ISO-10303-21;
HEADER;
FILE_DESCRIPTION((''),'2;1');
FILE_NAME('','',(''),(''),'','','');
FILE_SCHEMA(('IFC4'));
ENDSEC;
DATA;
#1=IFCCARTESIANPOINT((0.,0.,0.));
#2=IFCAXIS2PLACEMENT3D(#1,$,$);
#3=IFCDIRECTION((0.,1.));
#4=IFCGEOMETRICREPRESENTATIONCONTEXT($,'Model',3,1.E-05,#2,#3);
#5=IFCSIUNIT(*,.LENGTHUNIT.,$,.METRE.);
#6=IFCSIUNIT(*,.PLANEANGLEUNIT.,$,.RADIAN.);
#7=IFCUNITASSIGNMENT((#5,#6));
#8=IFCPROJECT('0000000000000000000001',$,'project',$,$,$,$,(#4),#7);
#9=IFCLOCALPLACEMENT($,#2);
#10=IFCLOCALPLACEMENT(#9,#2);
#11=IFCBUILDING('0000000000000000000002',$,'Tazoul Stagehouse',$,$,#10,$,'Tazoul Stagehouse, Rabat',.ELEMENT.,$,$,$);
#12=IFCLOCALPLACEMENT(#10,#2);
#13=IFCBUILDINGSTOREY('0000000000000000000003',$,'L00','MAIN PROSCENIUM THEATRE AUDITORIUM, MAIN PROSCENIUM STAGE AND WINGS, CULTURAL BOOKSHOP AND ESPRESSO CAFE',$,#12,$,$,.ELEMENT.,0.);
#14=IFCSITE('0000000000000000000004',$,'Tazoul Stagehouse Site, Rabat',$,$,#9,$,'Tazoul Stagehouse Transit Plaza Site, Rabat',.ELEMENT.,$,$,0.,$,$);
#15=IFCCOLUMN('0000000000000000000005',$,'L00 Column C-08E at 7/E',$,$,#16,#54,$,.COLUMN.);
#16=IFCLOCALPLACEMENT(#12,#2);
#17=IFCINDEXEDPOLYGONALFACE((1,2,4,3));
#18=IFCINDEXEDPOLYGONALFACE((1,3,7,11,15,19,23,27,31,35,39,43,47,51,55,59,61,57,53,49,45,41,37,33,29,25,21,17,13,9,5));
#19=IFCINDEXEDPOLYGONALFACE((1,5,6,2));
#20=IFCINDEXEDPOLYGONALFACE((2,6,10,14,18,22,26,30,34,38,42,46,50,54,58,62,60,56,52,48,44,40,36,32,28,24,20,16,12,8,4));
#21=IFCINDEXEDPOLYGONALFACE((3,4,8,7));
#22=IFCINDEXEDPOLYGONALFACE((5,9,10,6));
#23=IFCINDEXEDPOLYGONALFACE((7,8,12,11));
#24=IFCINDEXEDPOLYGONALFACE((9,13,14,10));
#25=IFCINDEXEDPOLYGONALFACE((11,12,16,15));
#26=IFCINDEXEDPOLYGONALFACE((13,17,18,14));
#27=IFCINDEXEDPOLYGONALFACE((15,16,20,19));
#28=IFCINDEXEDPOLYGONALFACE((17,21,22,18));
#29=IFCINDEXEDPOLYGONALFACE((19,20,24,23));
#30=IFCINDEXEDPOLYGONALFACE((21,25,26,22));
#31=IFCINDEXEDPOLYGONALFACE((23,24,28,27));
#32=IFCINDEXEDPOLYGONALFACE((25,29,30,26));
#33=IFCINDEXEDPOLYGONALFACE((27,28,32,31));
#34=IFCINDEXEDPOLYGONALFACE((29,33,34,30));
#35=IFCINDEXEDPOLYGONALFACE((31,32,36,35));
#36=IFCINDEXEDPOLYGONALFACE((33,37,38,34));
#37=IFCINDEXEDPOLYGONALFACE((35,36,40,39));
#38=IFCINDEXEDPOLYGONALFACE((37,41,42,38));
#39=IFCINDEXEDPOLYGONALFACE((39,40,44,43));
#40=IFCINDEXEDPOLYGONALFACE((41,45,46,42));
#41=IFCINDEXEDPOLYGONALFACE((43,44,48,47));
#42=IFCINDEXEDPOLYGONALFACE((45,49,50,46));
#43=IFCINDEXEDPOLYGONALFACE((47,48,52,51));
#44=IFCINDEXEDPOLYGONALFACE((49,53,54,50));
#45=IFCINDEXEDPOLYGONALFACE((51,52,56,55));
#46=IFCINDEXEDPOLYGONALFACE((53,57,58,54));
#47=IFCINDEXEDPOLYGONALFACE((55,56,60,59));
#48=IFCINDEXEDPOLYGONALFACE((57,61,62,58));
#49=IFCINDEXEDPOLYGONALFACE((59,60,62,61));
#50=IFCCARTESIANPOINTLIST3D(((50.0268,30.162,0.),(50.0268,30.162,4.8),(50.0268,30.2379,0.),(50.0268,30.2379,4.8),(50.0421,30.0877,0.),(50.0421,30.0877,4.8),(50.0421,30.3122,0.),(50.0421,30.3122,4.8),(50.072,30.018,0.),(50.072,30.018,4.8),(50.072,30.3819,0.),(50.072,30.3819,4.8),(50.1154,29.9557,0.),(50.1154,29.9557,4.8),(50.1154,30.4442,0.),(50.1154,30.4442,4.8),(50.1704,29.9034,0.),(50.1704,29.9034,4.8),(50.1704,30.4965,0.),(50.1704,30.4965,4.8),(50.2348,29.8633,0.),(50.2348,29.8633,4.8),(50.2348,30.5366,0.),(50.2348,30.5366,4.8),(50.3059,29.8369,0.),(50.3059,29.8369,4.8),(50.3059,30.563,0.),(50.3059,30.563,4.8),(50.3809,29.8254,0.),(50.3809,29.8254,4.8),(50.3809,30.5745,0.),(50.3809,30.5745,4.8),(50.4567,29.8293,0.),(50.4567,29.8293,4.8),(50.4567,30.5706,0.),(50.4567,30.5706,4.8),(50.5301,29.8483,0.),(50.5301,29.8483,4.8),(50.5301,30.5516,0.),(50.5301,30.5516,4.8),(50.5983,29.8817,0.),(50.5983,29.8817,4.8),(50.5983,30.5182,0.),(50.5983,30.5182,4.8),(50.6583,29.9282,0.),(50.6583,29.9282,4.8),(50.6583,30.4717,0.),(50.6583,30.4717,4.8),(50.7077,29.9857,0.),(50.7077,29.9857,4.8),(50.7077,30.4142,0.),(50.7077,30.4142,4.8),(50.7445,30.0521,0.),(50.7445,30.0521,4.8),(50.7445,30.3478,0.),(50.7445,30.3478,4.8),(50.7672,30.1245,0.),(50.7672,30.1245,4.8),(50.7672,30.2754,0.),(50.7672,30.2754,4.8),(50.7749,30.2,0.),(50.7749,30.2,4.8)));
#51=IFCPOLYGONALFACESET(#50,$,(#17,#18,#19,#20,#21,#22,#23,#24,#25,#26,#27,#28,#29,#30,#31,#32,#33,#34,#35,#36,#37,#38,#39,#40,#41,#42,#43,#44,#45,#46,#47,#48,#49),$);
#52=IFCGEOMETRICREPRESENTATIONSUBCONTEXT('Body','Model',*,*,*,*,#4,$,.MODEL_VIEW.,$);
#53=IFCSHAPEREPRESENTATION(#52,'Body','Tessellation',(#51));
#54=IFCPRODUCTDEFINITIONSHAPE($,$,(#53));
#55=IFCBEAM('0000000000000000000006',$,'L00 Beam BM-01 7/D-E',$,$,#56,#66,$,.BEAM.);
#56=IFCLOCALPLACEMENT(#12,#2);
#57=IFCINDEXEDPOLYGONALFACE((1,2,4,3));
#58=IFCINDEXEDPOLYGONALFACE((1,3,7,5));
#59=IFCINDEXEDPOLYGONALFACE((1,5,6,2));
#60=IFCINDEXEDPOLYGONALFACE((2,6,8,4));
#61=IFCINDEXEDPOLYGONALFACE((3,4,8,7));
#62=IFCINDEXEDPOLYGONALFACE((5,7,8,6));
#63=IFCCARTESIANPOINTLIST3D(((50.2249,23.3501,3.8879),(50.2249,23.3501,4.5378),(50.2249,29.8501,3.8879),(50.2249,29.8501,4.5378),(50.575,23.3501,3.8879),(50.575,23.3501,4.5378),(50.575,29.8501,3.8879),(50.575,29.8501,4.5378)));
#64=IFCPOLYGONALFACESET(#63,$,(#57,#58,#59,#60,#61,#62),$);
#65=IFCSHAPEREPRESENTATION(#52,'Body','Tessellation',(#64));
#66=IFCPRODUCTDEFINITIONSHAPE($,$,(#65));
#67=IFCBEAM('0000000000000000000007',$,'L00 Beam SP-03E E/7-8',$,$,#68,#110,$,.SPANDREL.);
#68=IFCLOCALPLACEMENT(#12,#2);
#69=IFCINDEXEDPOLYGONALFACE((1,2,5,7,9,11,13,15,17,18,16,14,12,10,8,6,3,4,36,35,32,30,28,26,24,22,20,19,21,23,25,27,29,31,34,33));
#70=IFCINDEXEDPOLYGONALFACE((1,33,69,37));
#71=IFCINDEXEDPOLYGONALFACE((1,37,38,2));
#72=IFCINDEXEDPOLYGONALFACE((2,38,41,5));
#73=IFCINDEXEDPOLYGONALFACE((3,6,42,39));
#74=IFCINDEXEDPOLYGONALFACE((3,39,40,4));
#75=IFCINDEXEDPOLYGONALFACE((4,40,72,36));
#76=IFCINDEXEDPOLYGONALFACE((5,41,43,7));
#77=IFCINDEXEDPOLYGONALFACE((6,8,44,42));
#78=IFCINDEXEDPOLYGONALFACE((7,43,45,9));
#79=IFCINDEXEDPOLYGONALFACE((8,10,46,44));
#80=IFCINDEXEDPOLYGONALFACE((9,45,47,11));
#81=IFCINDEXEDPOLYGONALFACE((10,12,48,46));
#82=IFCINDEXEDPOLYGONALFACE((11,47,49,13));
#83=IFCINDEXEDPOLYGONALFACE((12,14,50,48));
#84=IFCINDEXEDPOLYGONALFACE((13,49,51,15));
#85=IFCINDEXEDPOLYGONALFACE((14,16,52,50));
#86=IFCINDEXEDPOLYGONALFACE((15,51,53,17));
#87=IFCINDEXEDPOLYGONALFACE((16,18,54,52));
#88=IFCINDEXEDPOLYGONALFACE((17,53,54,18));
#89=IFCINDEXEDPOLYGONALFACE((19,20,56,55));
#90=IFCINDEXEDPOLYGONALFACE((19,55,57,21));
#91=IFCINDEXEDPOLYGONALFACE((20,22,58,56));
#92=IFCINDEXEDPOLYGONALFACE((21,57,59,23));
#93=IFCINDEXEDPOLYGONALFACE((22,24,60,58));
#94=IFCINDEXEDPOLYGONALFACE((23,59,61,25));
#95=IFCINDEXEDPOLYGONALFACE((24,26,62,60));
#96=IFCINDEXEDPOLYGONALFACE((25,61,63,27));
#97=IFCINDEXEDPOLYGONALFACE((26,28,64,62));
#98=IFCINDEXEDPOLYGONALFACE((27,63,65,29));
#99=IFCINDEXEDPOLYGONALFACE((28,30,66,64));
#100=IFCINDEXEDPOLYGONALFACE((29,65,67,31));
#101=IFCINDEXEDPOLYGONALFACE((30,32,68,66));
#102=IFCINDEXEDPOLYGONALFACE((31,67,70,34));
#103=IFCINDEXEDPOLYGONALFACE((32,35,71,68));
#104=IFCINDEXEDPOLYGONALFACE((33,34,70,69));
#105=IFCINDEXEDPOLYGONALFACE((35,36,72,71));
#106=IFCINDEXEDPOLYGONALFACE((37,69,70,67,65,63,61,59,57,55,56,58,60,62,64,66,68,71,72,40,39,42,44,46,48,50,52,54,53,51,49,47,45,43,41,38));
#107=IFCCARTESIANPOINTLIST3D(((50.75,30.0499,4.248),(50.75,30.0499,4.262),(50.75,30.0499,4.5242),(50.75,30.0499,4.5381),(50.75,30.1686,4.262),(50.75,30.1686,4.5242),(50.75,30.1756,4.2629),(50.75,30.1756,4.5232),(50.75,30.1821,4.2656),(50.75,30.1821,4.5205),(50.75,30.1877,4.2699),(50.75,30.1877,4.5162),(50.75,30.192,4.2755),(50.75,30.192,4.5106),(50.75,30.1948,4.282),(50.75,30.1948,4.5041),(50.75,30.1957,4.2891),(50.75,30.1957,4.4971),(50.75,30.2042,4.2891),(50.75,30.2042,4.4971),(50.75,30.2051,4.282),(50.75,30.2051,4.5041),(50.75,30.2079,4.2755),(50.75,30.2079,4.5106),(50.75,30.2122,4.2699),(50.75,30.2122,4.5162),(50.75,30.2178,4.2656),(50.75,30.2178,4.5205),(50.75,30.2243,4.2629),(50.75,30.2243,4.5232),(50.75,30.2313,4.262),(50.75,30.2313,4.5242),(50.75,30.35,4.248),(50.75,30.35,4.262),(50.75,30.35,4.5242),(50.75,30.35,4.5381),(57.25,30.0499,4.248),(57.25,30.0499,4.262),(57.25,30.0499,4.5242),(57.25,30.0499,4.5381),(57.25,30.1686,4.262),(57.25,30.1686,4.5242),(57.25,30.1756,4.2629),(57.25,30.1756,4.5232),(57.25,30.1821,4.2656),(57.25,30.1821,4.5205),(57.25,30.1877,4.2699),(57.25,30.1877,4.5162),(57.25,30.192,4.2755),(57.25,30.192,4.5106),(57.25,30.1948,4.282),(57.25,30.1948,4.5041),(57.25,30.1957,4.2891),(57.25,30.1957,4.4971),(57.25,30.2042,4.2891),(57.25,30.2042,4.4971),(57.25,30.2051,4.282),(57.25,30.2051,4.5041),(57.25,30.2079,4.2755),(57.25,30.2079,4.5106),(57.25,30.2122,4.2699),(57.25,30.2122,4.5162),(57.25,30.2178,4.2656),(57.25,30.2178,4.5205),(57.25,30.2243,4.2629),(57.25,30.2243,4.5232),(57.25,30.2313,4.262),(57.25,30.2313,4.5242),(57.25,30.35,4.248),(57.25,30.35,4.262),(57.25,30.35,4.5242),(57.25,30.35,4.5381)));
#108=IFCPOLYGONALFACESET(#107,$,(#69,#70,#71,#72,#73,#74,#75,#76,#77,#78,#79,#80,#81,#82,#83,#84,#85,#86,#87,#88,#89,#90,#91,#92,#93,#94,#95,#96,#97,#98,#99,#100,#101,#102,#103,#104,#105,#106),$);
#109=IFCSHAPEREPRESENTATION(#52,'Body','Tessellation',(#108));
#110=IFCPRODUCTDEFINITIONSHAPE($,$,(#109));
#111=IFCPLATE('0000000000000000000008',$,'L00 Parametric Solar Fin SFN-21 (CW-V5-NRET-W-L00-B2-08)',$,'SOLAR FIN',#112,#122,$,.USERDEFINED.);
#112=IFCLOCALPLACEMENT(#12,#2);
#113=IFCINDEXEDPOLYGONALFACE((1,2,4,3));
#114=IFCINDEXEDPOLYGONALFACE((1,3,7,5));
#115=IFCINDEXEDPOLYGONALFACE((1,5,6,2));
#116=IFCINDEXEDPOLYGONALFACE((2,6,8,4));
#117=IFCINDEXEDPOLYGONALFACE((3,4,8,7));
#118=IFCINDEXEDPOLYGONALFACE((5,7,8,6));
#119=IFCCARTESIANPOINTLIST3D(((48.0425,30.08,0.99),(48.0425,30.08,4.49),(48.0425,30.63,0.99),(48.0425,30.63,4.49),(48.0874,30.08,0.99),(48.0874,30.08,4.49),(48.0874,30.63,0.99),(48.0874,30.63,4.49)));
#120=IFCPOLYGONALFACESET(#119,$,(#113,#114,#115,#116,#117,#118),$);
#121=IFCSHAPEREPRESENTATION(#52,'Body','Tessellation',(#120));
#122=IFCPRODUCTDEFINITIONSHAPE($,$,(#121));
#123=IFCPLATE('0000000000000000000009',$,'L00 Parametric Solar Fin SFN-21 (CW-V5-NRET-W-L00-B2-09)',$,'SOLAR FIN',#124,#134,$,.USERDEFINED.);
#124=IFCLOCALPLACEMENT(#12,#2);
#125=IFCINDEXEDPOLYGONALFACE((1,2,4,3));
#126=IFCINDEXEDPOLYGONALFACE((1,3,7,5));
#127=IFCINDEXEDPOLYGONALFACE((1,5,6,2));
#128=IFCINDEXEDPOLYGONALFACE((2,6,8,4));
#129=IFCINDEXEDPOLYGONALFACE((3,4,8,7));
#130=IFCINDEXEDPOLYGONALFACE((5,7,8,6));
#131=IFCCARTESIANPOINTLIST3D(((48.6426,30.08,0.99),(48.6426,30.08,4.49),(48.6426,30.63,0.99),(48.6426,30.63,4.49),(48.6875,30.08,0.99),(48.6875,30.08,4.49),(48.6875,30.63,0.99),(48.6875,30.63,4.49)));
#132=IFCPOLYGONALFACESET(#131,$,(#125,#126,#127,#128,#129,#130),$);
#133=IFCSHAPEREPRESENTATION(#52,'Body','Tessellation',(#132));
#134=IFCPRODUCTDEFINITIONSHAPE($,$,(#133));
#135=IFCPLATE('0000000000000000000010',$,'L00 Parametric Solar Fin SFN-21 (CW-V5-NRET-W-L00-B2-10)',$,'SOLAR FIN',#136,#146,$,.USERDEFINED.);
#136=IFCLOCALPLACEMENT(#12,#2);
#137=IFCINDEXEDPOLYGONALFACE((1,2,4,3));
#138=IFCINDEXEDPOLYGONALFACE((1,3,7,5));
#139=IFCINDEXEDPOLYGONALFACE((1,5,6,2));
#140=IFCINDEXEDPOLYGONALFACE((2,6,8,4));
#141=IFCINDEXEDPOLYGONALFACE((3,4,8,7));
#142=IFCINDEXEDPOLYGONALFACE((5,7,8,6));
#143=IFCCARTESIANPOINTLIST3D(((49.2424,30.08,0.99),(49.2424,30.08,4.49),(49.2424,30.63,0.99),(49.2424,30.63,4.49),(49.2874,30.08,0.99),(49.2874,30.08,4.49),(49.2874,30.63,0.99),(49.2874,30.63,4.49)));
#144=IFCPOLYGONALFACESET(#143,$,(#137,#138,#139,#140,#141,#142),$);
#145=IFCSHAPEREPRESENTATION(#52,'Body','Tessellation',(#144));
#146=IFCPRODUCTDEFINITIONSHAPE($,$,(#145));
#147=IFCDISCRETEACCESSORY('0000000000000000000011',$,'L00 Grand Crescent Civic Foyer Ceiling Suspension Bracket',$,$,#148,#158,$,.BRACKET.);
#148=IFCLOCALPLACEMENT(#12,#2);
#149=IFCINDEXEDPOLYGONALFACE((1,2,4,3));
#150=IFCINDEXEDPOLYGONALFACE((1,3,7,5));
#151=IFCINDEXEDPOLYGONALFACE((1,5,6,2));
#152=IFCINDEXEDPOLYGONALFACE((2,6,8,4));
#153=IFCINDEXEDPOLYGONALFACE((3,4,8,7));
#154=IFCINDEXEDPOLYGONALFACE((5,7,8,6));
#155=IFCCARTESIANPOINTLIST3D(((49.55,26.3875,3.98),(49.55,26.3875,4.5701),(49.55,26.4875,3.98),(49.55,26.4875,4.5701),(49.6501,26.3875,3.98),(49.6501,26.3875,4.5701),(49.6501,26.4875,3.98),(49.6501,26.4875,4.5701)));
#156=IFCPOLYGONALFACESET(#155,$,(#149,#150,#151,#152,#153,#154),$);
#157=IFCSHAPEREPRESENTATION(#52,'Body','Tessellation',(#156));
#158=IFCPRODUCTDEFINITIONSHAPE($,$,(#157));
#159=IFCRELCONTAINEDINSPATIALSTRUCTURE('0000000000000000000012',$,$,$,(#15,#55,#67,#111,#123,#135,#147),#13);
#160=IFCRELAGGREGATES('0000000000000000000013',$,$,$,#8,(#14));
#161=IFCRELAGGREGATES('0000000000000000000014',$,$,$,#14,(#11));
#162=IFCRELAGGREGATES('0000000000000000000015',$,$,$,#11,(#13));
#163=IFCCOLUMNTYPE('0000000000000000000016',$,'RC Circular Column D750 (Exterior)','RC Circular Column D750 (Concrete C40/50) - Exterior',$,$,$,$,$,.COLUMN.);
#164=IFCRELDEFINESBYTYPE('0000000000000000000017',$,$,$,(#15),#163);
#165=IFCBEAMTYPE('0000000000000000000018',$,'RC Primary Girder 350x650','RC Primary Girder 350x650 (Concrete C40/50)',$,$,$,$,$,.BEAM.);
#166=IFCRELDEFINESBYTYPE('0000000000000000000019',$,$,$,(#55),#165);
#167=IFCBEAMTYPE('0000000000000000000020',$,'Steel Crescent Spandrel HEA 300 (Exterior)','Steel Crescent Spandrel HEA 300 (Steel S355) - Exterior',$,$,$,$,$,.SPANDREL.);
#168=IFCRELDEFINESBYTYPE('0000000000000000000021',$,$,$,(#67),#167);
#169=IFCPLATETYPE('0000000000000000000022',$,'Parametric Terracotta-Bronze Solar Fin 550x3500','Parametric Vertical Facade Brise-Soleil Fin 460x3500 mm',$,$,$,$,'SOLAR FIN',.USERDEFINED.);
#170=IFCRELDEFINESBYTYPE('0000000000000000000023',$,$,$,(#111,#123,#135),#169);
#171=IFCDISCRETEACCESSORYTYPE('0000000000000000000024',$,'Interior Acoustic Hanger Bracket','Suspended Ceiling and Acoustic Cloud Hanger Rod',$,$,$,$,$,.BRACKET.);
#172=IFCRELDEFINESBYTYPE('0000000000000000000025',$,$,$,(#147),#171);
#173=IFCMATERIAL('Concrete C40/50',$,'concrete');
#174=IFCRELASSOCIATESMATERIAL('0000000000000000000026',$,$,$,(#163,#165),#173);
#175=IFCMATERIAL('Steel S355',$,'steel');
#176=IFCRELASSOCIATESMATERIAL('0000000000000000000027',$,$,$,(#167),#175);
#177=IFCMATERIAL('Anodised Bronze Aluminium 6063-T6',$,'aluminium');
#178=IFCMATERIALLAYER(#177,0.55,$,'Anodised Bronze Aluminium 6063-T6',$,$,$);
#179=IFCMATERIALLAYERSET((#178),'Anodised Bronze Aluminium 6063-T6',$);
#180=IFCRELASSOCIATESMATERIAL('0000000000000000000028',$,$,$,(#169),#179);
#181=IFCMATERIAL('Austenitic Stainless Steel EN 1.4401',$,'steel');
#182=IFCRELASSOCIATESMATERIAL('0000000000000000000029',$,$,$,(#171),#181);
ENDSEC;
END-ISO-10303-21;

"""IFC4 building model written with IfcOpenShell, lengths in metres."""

from ifc_helpers import new_model, si_unit, direction, frame, origin, origin_2d, place, context, subcontext, project, spatial, rectangle, circle, i_section, extrude, material, layer, layer_set, material_profile, profile_set, type_object, element, save


model = new_model("IFC4")

# Units and contexts
model_context = context("Model", 3, precision=1e-05, world=origin(), true_north=direction((0.0, 1.0)))
body_context = subcontext(model_context, "Body", "Model", "MODEL_VIEW")
ifc_project = project(units=[si_unit("LENGTHUNIT", "METRE"), si_unit("PLANEANGLEUNIT", "RADIAN")], contexts=[model_context])

# Site, building, storey
site_placement = place(None, origin())
site = spatial("IfcSite", under=ifc_project, at=site_placement, Name="Tazoul Stagehouse Site, Rabat", LongName="Tazoul Stagehouse Transit Plaza Site, Rabat", CompositionType="ELEMENT", RefElevation=0.0)
building_placement = place(site_placement, origin())
building = spatial("IfcBuilding", under=site, at=building_placement, Name="Tazoul Stagehouse", LongName="Tazoul Stagehouse, Rabat", CompositionType="ELEMENT")
storey_placement = place(building_placement, origin())
storey = spatial("IfcBuildingStorey", under=building, at=storey_placement, Name="L00", Description="MAIN PROSCENIUM THEATRE AUDITORIUM, MAIN PROSCENIUM STAGE AND WINGS, CULTURAL BOOKSHOP AND ESPRESSO CAFE", CompositionType="ELEMENT", Elevation=0.0)

# Column
ifc_material_1 = material(Name="Concrete C40/50", Category="concrete")
ifc_material_profile_1 = material_profile(ifc_material_1, circle(Radius=0.375, at=origin_2d()), Name="RC D750")
ifc_profile_set_1 = profile_set([ifc_material_profile_1], Name="Concrete C40/50")
column_type = type_object("IfcColumnType", Name="RC Circular Column D750 (Exterior)", Description="RC Circular Column D750 (Concrete C40/50) - Exterior", PredefinedType="COLUMN", material=ifc_profile_set_1)
column_placement = place(storey_placement, frame((50.3999, 30.2, 0.0), z_axis=(0.0, 0.0, 1.0), x_axis=(1.0, 0.0, 0.0)))
element("IfcColumn", 1, at=column_placement, inside=storey, type_object=column_type, Name="L00 Column C-08E at 7/E", PredefinedType="COLUMN", context=body_context, shape_type="SweptSolid", body=[
    extrude(circle(Radius=0.375, at=origin_2d()), origin(), (0.0, 0.0, 1.0), 4.8),
])

# Beams
ifc_material_profile_2 = material_profile(ifc_material_1, rectangle(XDim=0.3501, YDim=0.6499, at=origin_2d()), Name="RC 350x650")
ifc_profile_set_2 = profile_set([ifc_material_profile_2], Name="Concrete C40/50")
beam_type_1 = type_object("IfcBeamType", Name="RC Primary Girder 350x650", Description="RC Primary Girder 350x650 (Concrete C40/50)", PredefinedType="BEAM", material=ifc_profile_set_2)
beam_1_placement = place(storey_placement, frame((50.3999, 23.3501, 4.2129), z_axis=(0.0, 1.0, 0.0), x_axis=(-1.0, 0.0, 0.0)))
element("IfcBeam", 2, at=beam_1_placement, inside=storey, type_object=beam_type_1, Name="L00 Beam BM-01 7/D-E", PredefinedType="BEAM", context=body_context, shape_type="SweptSolid", body=[
    extrude(rectangle(XDim=0.3501, YDim=0.6499, at=origin_2d()), origin(), (0.0, 0.0, 1.0), 6.5),
])
ifc_material_2 = material(Name="Steel S355", Category="steel")
ifc_material_profile_3 = material_profile(ifc_material_2, i_section(OverallWidth=0.3, OverallDepth=0.29, WebThickness=0.0085, FlangeThickness=0.0139, FilletRadius=0.0271, at=origin_2d()), Name="HEA 300")
ifc_profile_set_3 = profile_set([ifc_material_profile_3], Name="Steel S355")
beam_type_2 = type_object("IfcBeamType", Name="Steel Crescent Spandrel HEA 300 (Exterior)", Description="Steel Crescent Spandrel HEA 300 (Steel S355) - Exterior", PredefinedType="SPANDREL", material=ifc_profile_set_3)
beam_2_placement = place(storey_placement, frame((50.75, 30.2, 4.3931), z_axis=(1.0, 0.0, 0.0), x_axis=(0.0, 1.0, 0.0)))
element("IfcBeam", 3, at=beam_2_placement, inside=storey, type_object=beam_type_2, Name="L00 Beam SP-03E E/7-8", PredefinedType="SPANDREL", context=body_context, shape_type="SweptSolid", body=[
    extrude(i_section(OverallWidth=0.3, OverallDepth=0.29, WebThickness=0.0085, FlangeThickness=0.0139, FilletRadius=0.0271, at=origin_2d()), origin(), (0.0, 0.0, 1.0), 6.5),
])

# Plates
ifc_material_3 = material(Name="Anodised Bronze Aluminium 6063-T6", Category="aluminium")
ifc_layer = layer(ifc_material_3, 0.55, Name="Anodised Bronze Aluminium 6063-T6")
ifc_layer_set = layer_set([ifc_layer], Name="Anodised Bronze Aluminium 6063-T6")
plate_type = type_object("IfcPlateType", Name="Parametric Terracotta-Bronze Solar Fin 550x3500", Description="Parametric Vertical Facade Brise-Soleil Fin 460x3500 mm", ElementType="SOLAR FIN", PredefinedType="USERDEFINED", material=ifc_layer_set)
for number, where, z_axis, x_axis, name in (
    (4, (48.0649, 30.355, 0.99), (0.0, 0.0, 1.0), (1.0, 0.0, 0.0), "L00 Parametric Solar Fin SFN-21 (CW-V5-NRET-W-L00-B2-08)"),
    (5, (48.665, 30.355, 0.99), (0.0, 0.0, 1.0), (1.0, 0.0, 0.0), "L00 Parametric Solar Fin SFN-21 (CW-V5-NRET-W-L00-B2-09)"),
    (6, (49.2649, 30.355, 0.99), (0.0, 0.0, 1.0), (1.0, 0.0, 0.0), "L00 Parametric Solar Fin SFN-21 (CW-V5-NRET-W-L00-B2-10)"),
):
    element("IfcPlate", number, at=place(storey_placement, frame(where, z_axis=z_axis, x_axis=x_axis)), inside=storey, type_object=plate_type, Name=name, ObjectType="SOLAR FIN", PredefinedType="USERDEFINED", context=body_context, shape_type="SweptSolid", body=[
        extrude(rectangle(XDim=0.0449, YDim=0.55, at=origin_2d()), origin(), (0.0, 0.0, 1.0), 3.5),
    ])

# Discrete accessory
ifc_material_4 = material(Name="Austenitic Stainless Steel EN 1.4401", Category="steel")
discrete_accessory_type = type_object("IfcDiscreteAccessoryType", Name="Interior Acoustic Hanger Bracket", Description="Suspended Ceiling and Acoustic Cloud Hanger Rod", PredefinedType="BRACKET", material=ifc_material_4)
discrete_accessory_placement = place(storey_placement, frame((49.6001, 26.4375, 3.98), z_axis=(0.0, 0.0, 1.0), x_axis=(1.0, 0.0, 0.0)))
element("IfcDiscreteAccessory", 7, at=discrete_accessory_placement, inside=storey, type_object=discrete_accessory_type, Name="L00 Grand Crescent Civic Foyer Ceiling Suspension Bracket", PredefinedType="BRACKET", context=body_context, shape_type="SweptSolid", body=[
    extrude(rectangle(XDim=0.1001, YDim=0.1001, at=origin_2d()), origin(), (0.0, 0.0, 1.0), 0.5901),
])

save(model, "model.ifc")
